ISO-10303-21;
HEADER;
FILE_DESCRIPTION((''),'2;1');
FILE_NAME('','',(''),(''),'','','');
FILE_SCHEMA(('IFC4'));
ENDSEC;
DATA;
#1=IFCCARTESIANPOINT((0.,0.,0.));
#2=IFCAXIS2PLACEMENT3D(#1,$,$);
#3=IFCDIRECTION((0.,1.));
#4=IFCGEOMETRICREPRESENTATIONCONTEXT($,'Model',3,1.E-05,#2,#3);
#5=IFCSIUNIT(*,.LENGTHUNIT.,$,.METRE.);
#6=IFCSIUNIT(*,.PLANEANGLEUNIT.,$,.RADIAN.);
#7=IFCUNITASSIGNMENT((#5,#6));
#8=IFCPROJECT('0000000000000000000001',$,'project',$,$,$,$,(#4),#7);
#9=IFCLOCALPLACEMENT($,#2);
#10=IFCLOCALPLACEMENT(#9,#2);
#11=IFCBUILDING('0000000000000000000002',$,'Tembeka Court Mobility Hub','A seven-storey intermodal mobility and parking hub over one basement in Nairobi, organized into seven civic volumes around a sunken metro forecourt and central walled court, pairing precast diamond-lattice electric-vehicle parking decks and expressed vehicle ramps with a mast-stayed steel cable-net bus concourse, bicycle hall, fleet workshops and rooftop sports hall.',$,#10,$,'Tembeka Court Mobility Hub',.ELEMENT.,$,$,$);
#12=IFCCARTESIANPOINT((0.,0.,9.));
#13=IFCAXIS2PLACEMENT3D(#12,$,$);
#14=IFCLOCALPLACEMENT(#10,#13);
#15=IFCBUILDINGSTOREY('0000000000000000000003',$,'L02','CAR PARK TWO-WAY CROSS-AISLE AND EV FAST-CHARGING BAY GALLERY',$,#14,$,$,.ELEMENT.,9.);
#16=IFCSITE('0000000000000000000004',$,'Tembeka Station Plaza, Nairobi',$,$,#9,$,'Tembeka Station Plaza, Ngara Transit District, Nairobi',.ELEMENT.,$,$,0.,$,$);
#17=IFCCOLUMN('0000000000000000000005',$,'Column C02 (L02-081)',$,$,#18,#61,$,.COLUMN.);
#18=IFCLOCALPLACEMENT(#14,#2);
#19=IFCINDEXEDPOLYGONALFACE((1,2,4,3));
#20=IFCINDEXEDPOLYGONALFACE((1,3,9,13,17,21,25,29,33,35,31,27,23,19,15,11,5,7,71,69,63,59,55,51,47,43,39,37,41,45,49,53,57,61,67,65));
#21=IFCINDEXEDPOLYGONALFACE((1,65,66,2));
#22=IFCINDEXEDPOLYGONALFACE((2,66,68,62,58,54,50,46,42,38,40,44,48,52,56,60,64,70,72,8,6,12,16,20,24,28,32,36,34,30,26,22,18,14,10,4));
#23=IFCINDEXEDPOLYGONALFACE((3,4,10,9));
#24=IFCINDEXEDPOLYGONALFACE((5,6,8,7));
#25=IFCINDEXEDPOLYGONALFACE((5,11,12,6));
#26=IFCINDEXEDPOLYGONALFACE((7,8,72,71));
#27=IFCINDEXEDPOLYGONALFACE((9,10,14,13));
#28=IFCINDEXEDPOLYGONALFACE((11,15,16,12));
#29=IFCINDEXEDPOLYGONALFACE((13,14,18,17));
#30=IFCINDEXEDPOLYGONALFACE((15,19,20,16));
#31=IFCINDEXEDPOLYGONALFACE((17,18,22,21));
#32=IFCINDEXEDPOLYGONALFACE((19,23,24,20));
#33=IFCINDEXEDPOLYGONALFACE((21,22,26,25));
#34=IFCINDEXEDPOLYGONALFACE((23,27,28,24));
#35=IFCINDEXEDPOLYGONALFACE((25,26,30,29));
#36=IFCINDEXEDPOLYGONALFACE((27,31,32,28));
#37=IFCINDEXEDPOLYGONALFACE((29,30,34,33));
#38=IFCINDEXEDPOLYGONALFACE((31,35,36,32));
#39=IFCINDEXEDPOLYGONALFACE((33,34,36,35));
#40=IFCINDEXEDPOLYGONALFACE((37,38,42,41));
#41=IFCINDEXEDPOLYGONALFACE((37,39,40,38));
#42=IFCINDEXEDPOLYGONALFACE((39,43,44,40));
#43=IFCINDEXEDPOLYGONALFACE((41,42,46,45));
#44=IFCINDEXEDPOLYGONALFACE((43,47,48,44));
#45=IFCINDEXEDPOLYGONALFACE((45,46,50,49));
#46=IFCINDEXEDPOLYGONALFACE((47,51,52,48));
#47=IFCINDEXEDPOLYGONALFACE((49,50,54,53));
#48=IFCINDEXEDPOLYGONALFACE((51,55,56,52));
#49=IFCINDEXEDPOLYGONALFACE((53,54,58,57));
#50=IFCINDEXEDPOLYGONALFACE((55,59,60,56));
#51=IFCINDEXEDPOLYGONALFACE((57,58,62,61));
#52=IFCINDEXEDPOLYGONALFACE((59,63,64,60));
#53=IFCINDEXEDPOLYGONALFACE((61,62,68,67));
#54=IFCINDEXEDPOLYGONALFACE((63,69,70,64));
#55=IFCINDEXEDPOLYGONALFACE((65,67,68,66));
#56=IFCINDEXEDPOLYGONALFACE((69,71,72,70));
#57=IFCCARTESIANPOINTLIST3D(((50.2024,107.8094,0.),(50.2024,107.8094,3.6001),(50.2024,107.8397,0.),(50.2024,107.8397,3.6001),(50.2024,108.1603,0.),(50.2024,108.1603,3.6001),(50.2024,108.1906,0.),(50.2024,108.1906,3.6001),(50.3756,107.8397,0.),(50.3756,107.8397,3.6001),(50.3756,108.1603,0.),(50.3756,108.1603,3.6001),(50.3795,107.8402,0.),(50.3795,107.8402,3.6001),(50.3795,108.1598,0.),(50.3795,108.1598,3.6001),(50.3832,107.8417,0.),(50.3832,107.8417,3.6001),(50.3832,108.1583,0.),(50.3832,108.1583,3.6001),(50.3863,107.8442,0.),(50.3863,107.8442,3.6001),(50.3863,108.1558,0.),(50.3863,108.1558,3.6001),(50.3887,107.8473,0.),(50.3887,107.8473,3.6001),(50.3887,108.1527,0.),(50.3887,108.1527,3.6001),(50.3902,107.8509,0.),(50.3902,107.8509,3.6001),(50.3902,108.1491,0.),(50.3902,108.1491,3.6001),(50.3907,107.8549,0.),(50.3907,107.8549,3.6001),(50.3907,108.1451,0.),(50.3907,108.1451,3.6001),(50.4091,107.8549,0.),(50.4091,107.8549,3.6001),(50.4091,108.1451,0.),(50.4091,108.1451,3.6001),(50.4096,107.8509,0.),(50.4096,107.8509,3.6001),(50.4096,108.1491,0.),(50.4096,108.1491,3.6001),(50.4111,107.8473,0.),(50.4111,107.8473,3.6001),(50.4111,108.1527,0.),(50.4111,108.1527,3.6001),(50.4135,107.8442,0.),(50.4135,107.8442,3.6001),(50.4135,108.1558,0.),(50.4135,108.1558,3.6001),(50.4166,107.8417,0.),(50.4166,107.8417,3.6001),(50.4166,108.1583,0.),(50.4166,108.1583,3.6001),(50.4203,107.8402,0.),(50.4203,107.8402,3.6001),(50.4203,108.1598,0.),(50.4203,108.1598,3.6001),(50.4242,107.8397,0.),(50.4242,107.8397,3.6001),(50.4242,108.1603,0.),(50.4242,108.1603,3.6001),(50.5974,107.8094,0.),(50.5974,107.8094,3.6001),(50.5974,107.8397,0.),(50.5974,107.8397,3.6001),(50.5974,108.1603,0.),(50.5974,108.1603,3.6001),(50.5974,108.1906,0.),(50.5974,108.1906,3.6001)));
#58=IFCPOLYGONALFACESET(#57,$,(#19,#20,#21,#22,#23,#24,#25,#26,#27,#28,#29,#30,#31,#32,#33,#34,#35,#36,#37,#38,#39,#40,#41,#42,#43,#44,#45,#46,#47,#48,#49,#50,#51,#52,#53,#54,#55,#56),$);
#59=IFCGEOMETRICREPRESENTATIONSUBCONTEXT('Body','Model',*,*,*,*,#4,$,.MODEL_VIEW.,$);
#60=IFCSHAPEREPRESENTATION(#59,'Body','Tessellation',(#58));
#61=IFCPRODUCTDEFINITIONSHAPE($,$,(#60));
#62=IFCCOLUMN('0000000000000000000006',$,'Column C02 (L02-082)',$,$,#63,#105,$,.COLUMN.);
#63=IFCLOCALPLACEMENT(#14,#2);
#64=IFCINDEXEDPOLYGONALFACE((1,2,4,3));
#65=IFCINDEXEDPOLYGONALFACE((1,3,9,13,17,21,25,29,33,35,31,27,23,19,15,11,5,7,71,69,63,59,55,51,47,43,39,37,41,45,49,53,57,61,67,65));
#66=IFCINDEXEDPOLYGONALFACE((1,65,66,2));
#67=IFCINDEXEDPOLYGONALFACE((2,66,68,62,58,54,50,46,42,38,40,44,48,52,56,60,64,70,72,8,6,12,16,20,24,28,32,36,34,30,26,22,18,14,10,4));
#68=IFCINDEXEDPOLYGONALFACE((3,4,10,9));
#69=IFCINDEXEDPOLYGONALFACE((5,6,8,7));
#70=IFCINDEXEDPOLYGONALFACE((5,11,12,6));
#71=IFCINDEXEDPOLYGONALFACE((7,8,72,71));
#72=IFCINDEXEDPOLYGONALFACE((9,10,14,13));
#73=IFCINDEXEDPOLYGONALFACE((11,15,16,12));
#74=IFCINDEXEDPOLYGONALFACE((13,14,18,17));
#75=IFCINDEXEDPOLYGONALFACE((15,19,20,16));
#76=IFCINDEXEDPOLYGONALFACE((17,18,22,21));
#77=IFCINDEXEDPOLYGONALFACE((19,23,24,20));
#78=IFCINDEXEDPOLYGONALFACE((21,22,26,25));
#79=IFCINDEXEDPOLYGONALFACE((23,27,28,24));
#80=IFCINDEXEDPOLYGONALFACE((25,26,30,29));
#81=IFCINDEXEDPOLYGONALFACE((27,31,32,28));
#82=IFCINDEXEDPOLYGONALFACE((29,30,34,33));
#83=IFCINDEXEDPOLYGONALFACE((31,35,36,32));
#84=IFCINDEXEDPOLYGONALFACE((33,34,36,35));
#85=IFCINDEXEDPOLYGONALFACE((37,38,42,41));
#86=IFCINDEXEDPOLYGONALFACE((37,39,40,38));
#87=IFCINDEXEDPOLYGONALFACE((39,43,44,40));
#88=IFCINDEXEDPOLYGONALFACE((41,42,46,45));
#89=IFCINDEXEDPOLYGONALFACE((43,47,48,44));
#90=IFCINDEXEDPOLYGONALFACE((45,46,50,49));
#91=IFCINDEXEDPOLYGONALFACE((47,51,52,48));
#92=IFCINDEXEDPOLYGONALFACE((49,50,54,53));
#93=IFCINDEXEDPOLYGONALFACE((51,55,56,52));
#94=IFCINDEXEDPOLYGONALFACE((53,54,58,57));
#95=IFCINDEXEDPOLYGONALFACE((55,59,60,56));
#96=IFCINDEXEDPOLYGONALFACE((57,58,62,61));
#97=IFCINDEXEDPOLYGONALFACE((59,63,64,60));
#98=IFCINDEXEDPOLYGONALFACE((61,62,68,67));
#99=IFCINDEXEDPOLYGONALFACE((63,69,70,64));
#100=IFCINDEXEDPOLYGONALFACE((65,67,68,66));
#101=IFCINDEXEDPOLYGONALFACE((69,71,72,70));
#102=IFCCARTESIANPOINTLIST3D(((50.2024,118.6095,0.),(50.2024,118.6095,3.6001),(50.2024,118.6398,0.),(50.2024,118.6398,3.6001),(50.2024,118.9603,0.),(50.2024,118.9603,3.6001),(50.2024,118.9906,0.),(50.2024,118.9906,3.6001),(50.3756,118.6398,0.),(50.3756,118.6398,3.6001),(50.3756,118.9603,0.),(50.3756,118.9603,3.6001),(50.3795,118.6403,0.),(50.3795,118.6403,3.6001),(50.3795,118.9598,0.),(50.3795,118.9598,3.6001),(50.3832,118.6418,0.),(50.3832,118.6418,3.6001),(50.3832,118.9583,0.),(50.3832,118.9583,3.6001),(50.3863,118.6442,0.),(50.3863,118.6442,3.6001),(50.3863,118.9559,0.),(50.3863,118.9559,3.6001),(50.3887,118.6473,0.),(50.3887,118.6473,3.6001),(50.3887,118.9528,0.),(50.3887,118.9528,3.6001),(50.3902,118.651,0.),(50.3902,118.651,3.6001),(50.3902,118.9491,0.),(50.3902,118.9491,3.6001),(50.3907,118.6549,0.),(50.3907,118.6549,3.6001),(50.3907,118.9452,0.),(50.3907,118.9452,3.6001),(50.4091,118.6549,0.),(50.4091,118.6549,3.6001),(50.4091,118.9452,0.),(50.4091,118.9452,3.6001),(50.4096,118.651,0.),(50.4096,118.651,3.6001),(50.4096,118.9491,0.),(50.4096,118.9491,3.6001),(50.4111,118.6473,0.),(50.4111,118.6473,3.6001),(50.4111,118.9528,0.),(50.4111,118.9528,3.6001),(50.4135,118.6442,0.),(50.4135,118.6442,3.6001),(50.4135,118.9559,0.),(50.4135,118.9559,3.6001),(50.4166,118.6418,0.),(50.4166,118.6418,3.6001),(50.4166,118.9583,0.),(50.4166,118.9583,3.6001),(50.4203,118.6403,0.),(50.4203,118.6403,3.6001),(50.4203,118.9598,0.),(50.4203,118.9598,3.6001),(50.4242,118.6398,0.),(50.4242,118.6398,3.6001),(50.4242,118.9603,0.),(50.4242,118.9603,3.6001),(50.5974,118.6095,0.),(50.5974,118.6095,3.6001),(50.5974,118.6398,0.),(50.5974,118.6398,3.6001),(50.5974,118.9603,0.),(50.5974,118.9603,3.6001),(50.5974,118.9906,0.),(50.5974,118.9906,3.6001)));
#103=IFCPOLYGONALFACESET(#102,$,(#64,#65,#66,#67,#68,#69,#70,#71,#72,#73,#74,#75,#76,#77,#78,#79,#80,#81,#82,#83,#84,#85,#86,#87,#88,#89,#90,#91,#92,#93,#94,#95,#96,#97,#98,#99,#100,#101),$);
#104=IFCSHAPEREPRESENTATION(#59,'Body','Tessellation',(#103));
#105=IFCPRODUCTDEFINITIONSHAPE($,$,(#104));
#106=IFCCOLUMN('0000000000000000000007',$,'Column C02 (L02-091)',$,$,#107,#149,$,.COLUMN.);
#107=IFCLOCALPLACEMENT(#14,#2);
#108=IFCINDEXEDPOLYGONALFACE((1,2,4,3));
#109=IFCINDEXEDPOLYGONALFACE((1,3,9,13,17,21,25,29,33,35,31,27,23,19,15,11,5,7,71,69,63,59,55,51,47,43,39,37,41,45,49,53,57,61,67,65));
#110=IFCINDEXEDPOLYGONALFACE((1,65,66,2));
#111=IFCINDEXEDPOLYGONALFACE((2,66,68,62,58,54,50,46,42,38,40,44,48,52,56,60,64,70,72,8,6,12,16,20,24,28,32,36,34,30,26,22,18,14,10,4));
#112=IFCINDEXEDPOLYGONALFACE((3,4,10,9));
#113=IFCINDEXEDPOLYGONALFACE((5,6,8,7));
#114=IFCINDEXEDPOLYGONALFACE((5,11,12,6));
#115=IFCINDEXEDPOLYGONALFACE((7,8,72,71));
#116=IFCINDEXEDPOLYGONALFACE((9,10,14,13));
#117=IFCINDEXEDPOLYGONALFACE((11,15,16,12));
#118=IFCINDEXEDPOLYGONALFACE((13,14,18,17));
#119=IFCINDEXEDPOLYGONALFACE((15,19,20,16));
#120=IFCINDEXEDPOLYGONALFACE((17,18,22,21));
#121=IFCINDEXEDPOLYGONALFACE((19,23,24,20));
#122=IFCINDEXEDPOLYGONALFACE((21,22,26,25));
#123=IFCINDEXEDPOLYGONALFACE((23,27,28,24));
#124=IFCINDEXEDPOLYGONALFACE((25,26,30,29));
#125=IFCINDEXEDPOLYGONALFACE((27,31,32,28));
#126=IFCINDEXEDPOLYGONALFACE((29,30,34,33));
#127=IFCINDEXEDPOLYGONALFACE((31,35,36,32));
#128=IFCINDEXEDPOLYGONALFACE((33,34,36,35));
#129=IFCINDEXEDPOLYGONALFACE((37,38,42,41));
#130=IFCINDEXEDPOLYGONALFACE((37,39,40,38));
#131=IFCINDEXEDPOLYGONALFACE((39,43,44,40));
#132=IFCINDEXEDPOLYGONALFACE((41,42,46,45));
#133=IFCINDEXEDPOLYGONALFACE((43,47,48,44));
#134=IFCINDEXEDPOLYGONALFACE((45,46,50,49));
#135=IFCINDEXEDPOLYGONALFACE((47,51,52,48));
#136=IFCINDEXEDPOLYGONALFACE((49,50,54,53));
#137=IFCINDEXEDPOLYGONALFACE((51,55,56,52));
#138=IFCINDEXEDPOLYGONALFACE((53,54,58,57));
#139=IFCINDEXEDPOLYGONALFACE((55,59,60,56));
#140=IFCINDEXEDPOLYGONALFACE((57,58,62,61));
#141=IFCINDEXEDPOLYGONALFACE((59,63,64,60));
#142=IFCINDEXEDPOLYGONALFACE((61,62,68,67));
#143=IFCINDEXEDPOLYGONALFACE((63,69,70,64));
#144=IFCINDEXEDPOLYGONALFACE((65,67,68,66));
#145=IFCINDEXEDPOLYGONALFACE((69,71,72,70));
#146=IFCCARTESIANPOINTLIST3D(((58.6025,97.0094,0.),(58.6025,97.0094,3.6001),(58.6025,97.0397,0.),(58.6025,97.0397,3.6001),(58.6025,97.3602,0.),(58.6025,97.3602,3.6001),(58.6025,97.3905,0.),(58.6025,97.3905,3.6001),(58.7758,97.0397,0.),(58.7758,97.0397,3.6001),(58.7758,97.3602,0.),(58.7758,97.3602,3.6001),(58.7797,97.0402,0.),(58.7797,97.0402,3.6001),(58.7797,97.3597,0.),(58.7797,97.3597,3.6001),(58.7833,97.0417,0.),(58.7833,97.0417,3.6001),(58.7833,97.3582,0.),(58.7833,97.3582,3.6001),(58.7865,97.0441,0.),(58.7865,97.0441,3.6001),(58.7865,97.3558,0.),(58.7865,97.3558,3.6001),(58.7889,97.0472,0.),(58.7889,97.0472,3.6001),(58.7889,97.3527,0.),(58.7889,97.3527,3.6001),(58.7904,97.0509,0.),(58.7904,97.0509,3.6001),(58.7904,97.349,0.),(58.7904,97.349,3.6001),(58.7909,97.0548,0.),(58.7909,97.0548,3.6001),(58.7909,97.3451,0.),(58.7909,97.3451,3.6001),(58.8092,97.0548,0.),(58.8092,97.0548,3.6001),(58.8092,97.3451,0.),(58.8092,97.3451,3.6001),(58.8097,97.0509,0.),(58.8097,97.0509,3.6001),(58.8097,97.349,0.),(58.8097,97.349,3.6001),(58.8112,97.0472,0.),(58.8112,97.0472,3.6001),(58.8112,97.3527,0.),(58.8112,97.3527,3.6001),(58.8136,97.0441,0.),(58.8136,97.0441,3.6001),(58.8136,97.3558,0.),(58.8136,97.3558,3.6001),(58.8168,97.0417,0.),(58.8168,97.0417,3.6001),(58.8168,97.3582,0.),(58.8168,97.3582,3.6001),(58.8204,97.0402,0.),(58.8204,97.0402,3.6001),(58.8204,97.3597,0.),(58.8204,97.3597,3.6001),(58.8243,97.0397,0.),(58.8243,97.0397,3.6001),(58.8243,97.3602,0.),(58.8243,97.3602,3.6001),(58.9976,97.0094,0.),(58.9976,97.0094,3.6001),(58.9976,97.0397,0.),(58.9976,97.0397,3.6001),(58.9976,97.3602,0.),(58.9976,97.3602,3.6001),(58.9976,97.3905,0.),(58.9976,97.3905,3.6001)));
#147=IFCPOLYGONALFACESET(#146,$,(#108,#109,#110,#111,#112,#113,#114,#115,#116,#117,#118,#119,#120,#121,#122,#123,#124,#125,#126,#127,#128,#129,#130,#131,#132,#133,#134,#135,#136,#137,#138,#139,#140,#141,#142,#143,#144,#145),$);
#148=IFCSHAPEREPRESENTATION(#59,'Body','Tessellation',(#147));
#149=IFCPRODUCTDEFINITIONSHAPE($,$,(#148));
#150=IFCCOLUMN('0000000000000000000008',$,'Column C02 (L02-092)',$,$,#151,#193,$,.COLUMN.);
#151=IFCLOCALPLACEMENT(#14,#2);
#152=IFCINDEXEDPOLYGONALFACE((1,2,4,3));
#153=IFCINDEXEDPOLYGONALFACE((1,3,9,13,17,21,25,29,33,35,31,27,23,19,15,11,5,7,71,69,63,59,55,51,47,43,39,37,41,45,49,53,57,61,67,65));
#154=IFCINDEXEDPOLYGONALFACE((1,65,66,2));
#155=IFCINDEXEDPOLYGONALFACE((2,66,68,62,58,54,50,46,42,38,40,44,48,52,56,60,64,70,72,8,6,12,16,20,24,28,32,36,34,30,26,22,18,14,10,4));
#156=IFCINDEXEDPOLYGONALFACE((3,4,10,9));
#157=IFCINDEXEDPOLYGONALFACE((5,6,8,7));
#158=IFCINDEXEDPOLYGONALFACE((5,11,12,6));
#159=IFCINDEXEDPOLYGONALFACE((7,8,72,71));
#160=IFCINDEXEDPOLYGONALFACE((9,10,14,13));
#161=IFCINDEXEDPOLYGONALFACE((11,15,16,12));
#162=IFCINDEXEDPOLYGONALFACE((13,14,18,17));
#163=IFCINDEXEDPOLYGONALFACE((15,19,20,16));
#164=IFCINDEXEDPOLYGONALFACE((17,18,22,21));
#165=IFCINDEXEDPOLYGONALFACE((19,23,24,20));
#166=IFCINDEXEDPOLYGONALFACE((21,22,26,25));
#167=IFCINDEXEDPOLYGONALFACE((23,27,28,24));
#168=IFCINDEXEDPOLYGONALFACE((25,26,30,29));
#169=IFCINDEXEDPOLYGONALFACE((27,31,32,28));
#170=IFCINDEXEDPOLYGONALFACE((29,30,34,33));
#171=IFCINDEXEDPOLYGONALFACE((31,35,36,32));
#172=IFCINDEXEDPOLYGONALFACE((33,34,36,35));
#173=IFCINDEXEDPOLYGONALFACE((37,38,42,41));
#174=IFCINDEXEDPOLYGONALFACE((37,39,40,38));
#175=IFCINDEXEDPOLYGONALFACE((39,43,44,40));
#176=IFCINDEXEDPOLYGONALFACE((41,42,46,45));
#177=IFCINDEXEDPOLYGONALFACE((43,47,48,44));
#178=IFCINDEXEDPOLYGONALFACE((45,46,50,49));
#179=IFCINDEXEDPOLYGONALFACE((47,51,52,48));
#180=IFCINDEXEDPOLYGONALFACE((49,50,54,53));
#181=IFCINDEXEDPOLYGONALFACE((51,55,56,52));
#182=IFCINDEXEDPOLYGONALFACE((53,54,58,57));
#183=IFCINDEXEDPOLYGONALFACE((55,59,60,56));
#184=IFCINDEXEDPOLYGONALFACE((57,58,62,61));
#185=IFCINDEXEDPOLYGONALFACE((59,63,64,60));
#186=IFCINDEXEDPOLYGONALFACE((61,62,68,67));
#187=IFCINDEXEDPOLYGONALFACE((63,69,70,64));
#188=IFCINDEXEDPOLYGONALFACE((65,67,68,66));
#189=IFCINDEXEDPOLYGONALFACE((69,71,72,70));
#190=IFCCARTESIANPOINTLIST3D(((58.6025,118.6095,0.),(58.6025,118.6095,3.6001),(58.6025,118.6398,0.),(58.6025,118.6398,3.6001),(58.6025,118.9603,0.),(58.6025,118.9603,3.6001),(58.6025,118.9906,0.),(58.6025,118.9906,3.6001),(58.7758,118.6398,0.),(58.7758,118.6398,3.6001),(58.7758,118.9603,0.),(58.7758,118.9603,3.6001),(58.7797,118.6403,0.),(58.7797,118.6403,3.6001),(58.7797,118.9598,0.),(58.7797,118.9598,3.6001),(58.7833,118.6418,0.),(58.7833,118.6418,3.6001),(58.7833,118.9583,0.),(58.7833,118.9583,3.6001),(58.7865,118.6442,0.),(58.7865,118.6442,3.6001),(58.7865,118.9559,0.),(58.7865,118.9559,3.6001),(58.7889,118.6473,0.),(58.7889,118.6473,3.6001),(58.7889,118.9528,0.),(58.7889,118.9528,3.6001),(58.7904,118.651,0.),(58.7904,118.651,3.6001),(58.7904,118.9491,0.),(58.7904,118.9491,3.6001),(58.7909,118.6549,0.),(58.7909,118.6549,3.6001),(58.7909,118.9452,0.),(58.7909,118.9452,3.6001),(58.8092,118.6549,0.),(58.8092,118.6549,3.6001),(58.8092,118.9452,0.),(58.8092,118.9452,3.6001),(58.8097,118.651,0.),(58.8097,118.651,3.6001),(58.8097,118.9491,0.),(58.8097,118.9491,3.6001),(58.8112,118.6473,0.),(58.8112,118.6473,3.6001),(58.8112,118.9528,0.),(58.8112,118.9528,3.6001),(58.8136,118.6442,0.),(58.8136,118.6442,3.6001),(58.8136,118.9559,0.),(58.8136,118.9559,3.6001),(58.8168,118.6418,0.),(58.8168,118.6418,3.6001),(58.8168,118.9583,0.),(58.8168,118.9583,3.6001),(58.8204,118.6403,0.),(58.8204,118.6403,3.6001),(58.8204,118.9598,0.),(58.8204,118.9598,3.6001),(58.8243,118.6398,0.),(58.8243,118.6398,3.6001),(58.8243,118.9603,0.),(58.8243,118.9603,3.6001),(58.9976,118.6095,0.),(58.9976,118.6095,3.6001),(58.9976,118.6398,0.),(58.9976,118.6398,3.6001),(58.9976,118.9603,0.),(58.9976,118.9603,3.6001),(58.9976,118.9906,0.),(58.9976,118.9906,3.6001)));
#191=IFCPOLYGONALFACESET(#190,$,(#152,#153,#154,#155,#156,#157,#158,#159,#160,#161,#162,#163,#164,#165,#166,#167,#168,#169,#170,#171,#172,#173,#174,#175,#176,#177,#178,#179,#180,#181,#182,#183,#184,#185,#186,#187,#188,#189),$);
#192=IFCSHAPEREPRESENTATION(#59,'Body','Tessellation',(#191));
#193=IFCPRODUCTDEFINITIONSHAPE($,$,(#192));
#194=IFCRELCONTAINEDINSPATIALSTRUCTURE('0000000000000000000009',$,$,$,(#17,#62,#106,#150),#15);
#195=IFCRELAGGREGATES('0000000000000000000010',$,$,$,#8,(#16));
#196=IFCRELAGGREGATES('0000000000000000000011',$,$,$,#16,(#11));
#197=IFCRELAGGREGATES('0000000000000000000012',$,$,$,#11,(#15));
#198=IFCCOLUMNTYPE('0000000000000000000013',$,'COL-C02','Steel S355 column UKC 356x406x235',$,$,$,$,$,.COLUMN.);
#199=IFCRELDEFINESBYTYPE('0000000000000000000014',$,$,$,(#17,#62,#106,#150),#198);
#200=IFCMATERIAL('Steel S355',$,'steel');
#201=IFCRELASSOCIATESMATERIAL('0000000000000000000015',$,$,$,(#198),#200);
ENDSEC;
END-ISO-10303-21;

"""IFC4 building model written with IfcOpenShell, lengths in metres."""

from ifc_helpers import new_model, si_unit, direction, frame, origin, origin_2d, place, context, subcontext, project, spatial, i_section, extrude, material, material_profile, profile_set, type_object, element, save


model = new_model("IFC4")

# Units and contexts
model_context = context("Model", 3, precision=1e-05, world=origin(), true_north=direction((0.0, 1.0)))
body_context = subcontext(model_context, "Body", "Model", "MODEL_VIEW")
ifc_project = project(units=[si_unit("LENGTHUNIT", "METRE"), si_unit("PLANEANGLEUNIT", "RADIAN")], contexts=[model_context])

# Site, building, storey
site_placement = place(None, origin())
site = spatial("IfcSite", under=ifc_project, at=site_placement, Name="Tembeka Station Plaza, Nairobi", LongName="Tembeka Station Plaza, Ngara Transit District, Nairobi", CompositionType="ELEMENT", RefElevation=0.0)
building_placement = place(site_placement, origin())
building = spatial("IfcBuilding", under=site, at=building_placement, Name="Tembeka Court Mobility Hub", Description="A seven-storey intermodal mobility and parking hub over one basement in Nairobi, organized into seven civic volumes around a sunken metro forecourt and central walled court, pairing precast diamond-lattice electric-vehicle parking decks and expressed vehicle ramps with a mast-stayed steel cable-net bus concourse, bicycle hall, fleet workshops and rooftop sports hall.", LongName="Tembeka Court Mobility Hub", CompositionType="ELEMENT")
storey_placement = place(building_placement, frame((0.0, 0.0, 9.0)))
storey = spatial("IfcBuildingStorey", under=building, at=storey_placement, Name="L02", Description="CAR PARK TWO-WAY CROSS-AISLE AND EV FAST-CHARGING BAY GALLERY", CompositionType="ELEMENT", Elevation=9.0)

# Columns
ifc_material_1 = material(Name="Steel S355", Category="steel")
ifc_material_profile_1 = material_profile(ifc_material_1, i_section(OverallWidth=0.395, OverallDepth=0.3811, WebThickness=0.0183, FlangeThickness=0.0303, FilletRadius=0.0151, at=origin_2d()), Name="UKC 356x406x235")
ifc_profile_set_1 = profile_set([ifc_material_profile_1], Name="Steel S355")
column_type = type_object("IfcColumnType", Name="COL-C02", Description="Steel S355 column UKC 356x406x235", PredefinedType="COLUMN", material=ifc_profile_set_1)
for number, where, z_axis, x_axis, name in (
    (1, (50.3999, 108.0, 0.0), (0.0, 0.0, 1.0), (1.0, 0.0, 0.0), "Column C02 (L02-081)"),
    (2, (50.3999, 118.8, 0.0), (0.0, 0.0, 1.0), (1.0, 0.0, 0.0), "Column C02 (L02-082)"),
    (3, (58.8, 97.2, 0.0), (0.0, 0.0, 1.0), (1.0, 0.0, 0.0), "Column C02 (L02-091)"),
    (4, (58.8, 118.8, 0.0), (0.0, 0.0, 1.0), (1.0, 0.0, 0.0), "Column C02 (L02-092)"),
):
    element("IfcColumn", number, at=place(storey_placement, frame(where, z_axis=z_axis, x_axis=x_axis)), inside=storey, type_object=column_type, Name=name, PredefinedType="COLUMN", context=body_context, shape_type="SweptSolid", body=[
        extrude(i_section(OverallWidth=0.395, OverallDepth=0.3811, WebThickness=0.0183, FlangeThickness=0.0303, FilletRadius=0.0151, at=origin_2d()), origin(), (0.0, 0.0, 1.0), 3.6001),
    ])

save(model, "model.ifc")
